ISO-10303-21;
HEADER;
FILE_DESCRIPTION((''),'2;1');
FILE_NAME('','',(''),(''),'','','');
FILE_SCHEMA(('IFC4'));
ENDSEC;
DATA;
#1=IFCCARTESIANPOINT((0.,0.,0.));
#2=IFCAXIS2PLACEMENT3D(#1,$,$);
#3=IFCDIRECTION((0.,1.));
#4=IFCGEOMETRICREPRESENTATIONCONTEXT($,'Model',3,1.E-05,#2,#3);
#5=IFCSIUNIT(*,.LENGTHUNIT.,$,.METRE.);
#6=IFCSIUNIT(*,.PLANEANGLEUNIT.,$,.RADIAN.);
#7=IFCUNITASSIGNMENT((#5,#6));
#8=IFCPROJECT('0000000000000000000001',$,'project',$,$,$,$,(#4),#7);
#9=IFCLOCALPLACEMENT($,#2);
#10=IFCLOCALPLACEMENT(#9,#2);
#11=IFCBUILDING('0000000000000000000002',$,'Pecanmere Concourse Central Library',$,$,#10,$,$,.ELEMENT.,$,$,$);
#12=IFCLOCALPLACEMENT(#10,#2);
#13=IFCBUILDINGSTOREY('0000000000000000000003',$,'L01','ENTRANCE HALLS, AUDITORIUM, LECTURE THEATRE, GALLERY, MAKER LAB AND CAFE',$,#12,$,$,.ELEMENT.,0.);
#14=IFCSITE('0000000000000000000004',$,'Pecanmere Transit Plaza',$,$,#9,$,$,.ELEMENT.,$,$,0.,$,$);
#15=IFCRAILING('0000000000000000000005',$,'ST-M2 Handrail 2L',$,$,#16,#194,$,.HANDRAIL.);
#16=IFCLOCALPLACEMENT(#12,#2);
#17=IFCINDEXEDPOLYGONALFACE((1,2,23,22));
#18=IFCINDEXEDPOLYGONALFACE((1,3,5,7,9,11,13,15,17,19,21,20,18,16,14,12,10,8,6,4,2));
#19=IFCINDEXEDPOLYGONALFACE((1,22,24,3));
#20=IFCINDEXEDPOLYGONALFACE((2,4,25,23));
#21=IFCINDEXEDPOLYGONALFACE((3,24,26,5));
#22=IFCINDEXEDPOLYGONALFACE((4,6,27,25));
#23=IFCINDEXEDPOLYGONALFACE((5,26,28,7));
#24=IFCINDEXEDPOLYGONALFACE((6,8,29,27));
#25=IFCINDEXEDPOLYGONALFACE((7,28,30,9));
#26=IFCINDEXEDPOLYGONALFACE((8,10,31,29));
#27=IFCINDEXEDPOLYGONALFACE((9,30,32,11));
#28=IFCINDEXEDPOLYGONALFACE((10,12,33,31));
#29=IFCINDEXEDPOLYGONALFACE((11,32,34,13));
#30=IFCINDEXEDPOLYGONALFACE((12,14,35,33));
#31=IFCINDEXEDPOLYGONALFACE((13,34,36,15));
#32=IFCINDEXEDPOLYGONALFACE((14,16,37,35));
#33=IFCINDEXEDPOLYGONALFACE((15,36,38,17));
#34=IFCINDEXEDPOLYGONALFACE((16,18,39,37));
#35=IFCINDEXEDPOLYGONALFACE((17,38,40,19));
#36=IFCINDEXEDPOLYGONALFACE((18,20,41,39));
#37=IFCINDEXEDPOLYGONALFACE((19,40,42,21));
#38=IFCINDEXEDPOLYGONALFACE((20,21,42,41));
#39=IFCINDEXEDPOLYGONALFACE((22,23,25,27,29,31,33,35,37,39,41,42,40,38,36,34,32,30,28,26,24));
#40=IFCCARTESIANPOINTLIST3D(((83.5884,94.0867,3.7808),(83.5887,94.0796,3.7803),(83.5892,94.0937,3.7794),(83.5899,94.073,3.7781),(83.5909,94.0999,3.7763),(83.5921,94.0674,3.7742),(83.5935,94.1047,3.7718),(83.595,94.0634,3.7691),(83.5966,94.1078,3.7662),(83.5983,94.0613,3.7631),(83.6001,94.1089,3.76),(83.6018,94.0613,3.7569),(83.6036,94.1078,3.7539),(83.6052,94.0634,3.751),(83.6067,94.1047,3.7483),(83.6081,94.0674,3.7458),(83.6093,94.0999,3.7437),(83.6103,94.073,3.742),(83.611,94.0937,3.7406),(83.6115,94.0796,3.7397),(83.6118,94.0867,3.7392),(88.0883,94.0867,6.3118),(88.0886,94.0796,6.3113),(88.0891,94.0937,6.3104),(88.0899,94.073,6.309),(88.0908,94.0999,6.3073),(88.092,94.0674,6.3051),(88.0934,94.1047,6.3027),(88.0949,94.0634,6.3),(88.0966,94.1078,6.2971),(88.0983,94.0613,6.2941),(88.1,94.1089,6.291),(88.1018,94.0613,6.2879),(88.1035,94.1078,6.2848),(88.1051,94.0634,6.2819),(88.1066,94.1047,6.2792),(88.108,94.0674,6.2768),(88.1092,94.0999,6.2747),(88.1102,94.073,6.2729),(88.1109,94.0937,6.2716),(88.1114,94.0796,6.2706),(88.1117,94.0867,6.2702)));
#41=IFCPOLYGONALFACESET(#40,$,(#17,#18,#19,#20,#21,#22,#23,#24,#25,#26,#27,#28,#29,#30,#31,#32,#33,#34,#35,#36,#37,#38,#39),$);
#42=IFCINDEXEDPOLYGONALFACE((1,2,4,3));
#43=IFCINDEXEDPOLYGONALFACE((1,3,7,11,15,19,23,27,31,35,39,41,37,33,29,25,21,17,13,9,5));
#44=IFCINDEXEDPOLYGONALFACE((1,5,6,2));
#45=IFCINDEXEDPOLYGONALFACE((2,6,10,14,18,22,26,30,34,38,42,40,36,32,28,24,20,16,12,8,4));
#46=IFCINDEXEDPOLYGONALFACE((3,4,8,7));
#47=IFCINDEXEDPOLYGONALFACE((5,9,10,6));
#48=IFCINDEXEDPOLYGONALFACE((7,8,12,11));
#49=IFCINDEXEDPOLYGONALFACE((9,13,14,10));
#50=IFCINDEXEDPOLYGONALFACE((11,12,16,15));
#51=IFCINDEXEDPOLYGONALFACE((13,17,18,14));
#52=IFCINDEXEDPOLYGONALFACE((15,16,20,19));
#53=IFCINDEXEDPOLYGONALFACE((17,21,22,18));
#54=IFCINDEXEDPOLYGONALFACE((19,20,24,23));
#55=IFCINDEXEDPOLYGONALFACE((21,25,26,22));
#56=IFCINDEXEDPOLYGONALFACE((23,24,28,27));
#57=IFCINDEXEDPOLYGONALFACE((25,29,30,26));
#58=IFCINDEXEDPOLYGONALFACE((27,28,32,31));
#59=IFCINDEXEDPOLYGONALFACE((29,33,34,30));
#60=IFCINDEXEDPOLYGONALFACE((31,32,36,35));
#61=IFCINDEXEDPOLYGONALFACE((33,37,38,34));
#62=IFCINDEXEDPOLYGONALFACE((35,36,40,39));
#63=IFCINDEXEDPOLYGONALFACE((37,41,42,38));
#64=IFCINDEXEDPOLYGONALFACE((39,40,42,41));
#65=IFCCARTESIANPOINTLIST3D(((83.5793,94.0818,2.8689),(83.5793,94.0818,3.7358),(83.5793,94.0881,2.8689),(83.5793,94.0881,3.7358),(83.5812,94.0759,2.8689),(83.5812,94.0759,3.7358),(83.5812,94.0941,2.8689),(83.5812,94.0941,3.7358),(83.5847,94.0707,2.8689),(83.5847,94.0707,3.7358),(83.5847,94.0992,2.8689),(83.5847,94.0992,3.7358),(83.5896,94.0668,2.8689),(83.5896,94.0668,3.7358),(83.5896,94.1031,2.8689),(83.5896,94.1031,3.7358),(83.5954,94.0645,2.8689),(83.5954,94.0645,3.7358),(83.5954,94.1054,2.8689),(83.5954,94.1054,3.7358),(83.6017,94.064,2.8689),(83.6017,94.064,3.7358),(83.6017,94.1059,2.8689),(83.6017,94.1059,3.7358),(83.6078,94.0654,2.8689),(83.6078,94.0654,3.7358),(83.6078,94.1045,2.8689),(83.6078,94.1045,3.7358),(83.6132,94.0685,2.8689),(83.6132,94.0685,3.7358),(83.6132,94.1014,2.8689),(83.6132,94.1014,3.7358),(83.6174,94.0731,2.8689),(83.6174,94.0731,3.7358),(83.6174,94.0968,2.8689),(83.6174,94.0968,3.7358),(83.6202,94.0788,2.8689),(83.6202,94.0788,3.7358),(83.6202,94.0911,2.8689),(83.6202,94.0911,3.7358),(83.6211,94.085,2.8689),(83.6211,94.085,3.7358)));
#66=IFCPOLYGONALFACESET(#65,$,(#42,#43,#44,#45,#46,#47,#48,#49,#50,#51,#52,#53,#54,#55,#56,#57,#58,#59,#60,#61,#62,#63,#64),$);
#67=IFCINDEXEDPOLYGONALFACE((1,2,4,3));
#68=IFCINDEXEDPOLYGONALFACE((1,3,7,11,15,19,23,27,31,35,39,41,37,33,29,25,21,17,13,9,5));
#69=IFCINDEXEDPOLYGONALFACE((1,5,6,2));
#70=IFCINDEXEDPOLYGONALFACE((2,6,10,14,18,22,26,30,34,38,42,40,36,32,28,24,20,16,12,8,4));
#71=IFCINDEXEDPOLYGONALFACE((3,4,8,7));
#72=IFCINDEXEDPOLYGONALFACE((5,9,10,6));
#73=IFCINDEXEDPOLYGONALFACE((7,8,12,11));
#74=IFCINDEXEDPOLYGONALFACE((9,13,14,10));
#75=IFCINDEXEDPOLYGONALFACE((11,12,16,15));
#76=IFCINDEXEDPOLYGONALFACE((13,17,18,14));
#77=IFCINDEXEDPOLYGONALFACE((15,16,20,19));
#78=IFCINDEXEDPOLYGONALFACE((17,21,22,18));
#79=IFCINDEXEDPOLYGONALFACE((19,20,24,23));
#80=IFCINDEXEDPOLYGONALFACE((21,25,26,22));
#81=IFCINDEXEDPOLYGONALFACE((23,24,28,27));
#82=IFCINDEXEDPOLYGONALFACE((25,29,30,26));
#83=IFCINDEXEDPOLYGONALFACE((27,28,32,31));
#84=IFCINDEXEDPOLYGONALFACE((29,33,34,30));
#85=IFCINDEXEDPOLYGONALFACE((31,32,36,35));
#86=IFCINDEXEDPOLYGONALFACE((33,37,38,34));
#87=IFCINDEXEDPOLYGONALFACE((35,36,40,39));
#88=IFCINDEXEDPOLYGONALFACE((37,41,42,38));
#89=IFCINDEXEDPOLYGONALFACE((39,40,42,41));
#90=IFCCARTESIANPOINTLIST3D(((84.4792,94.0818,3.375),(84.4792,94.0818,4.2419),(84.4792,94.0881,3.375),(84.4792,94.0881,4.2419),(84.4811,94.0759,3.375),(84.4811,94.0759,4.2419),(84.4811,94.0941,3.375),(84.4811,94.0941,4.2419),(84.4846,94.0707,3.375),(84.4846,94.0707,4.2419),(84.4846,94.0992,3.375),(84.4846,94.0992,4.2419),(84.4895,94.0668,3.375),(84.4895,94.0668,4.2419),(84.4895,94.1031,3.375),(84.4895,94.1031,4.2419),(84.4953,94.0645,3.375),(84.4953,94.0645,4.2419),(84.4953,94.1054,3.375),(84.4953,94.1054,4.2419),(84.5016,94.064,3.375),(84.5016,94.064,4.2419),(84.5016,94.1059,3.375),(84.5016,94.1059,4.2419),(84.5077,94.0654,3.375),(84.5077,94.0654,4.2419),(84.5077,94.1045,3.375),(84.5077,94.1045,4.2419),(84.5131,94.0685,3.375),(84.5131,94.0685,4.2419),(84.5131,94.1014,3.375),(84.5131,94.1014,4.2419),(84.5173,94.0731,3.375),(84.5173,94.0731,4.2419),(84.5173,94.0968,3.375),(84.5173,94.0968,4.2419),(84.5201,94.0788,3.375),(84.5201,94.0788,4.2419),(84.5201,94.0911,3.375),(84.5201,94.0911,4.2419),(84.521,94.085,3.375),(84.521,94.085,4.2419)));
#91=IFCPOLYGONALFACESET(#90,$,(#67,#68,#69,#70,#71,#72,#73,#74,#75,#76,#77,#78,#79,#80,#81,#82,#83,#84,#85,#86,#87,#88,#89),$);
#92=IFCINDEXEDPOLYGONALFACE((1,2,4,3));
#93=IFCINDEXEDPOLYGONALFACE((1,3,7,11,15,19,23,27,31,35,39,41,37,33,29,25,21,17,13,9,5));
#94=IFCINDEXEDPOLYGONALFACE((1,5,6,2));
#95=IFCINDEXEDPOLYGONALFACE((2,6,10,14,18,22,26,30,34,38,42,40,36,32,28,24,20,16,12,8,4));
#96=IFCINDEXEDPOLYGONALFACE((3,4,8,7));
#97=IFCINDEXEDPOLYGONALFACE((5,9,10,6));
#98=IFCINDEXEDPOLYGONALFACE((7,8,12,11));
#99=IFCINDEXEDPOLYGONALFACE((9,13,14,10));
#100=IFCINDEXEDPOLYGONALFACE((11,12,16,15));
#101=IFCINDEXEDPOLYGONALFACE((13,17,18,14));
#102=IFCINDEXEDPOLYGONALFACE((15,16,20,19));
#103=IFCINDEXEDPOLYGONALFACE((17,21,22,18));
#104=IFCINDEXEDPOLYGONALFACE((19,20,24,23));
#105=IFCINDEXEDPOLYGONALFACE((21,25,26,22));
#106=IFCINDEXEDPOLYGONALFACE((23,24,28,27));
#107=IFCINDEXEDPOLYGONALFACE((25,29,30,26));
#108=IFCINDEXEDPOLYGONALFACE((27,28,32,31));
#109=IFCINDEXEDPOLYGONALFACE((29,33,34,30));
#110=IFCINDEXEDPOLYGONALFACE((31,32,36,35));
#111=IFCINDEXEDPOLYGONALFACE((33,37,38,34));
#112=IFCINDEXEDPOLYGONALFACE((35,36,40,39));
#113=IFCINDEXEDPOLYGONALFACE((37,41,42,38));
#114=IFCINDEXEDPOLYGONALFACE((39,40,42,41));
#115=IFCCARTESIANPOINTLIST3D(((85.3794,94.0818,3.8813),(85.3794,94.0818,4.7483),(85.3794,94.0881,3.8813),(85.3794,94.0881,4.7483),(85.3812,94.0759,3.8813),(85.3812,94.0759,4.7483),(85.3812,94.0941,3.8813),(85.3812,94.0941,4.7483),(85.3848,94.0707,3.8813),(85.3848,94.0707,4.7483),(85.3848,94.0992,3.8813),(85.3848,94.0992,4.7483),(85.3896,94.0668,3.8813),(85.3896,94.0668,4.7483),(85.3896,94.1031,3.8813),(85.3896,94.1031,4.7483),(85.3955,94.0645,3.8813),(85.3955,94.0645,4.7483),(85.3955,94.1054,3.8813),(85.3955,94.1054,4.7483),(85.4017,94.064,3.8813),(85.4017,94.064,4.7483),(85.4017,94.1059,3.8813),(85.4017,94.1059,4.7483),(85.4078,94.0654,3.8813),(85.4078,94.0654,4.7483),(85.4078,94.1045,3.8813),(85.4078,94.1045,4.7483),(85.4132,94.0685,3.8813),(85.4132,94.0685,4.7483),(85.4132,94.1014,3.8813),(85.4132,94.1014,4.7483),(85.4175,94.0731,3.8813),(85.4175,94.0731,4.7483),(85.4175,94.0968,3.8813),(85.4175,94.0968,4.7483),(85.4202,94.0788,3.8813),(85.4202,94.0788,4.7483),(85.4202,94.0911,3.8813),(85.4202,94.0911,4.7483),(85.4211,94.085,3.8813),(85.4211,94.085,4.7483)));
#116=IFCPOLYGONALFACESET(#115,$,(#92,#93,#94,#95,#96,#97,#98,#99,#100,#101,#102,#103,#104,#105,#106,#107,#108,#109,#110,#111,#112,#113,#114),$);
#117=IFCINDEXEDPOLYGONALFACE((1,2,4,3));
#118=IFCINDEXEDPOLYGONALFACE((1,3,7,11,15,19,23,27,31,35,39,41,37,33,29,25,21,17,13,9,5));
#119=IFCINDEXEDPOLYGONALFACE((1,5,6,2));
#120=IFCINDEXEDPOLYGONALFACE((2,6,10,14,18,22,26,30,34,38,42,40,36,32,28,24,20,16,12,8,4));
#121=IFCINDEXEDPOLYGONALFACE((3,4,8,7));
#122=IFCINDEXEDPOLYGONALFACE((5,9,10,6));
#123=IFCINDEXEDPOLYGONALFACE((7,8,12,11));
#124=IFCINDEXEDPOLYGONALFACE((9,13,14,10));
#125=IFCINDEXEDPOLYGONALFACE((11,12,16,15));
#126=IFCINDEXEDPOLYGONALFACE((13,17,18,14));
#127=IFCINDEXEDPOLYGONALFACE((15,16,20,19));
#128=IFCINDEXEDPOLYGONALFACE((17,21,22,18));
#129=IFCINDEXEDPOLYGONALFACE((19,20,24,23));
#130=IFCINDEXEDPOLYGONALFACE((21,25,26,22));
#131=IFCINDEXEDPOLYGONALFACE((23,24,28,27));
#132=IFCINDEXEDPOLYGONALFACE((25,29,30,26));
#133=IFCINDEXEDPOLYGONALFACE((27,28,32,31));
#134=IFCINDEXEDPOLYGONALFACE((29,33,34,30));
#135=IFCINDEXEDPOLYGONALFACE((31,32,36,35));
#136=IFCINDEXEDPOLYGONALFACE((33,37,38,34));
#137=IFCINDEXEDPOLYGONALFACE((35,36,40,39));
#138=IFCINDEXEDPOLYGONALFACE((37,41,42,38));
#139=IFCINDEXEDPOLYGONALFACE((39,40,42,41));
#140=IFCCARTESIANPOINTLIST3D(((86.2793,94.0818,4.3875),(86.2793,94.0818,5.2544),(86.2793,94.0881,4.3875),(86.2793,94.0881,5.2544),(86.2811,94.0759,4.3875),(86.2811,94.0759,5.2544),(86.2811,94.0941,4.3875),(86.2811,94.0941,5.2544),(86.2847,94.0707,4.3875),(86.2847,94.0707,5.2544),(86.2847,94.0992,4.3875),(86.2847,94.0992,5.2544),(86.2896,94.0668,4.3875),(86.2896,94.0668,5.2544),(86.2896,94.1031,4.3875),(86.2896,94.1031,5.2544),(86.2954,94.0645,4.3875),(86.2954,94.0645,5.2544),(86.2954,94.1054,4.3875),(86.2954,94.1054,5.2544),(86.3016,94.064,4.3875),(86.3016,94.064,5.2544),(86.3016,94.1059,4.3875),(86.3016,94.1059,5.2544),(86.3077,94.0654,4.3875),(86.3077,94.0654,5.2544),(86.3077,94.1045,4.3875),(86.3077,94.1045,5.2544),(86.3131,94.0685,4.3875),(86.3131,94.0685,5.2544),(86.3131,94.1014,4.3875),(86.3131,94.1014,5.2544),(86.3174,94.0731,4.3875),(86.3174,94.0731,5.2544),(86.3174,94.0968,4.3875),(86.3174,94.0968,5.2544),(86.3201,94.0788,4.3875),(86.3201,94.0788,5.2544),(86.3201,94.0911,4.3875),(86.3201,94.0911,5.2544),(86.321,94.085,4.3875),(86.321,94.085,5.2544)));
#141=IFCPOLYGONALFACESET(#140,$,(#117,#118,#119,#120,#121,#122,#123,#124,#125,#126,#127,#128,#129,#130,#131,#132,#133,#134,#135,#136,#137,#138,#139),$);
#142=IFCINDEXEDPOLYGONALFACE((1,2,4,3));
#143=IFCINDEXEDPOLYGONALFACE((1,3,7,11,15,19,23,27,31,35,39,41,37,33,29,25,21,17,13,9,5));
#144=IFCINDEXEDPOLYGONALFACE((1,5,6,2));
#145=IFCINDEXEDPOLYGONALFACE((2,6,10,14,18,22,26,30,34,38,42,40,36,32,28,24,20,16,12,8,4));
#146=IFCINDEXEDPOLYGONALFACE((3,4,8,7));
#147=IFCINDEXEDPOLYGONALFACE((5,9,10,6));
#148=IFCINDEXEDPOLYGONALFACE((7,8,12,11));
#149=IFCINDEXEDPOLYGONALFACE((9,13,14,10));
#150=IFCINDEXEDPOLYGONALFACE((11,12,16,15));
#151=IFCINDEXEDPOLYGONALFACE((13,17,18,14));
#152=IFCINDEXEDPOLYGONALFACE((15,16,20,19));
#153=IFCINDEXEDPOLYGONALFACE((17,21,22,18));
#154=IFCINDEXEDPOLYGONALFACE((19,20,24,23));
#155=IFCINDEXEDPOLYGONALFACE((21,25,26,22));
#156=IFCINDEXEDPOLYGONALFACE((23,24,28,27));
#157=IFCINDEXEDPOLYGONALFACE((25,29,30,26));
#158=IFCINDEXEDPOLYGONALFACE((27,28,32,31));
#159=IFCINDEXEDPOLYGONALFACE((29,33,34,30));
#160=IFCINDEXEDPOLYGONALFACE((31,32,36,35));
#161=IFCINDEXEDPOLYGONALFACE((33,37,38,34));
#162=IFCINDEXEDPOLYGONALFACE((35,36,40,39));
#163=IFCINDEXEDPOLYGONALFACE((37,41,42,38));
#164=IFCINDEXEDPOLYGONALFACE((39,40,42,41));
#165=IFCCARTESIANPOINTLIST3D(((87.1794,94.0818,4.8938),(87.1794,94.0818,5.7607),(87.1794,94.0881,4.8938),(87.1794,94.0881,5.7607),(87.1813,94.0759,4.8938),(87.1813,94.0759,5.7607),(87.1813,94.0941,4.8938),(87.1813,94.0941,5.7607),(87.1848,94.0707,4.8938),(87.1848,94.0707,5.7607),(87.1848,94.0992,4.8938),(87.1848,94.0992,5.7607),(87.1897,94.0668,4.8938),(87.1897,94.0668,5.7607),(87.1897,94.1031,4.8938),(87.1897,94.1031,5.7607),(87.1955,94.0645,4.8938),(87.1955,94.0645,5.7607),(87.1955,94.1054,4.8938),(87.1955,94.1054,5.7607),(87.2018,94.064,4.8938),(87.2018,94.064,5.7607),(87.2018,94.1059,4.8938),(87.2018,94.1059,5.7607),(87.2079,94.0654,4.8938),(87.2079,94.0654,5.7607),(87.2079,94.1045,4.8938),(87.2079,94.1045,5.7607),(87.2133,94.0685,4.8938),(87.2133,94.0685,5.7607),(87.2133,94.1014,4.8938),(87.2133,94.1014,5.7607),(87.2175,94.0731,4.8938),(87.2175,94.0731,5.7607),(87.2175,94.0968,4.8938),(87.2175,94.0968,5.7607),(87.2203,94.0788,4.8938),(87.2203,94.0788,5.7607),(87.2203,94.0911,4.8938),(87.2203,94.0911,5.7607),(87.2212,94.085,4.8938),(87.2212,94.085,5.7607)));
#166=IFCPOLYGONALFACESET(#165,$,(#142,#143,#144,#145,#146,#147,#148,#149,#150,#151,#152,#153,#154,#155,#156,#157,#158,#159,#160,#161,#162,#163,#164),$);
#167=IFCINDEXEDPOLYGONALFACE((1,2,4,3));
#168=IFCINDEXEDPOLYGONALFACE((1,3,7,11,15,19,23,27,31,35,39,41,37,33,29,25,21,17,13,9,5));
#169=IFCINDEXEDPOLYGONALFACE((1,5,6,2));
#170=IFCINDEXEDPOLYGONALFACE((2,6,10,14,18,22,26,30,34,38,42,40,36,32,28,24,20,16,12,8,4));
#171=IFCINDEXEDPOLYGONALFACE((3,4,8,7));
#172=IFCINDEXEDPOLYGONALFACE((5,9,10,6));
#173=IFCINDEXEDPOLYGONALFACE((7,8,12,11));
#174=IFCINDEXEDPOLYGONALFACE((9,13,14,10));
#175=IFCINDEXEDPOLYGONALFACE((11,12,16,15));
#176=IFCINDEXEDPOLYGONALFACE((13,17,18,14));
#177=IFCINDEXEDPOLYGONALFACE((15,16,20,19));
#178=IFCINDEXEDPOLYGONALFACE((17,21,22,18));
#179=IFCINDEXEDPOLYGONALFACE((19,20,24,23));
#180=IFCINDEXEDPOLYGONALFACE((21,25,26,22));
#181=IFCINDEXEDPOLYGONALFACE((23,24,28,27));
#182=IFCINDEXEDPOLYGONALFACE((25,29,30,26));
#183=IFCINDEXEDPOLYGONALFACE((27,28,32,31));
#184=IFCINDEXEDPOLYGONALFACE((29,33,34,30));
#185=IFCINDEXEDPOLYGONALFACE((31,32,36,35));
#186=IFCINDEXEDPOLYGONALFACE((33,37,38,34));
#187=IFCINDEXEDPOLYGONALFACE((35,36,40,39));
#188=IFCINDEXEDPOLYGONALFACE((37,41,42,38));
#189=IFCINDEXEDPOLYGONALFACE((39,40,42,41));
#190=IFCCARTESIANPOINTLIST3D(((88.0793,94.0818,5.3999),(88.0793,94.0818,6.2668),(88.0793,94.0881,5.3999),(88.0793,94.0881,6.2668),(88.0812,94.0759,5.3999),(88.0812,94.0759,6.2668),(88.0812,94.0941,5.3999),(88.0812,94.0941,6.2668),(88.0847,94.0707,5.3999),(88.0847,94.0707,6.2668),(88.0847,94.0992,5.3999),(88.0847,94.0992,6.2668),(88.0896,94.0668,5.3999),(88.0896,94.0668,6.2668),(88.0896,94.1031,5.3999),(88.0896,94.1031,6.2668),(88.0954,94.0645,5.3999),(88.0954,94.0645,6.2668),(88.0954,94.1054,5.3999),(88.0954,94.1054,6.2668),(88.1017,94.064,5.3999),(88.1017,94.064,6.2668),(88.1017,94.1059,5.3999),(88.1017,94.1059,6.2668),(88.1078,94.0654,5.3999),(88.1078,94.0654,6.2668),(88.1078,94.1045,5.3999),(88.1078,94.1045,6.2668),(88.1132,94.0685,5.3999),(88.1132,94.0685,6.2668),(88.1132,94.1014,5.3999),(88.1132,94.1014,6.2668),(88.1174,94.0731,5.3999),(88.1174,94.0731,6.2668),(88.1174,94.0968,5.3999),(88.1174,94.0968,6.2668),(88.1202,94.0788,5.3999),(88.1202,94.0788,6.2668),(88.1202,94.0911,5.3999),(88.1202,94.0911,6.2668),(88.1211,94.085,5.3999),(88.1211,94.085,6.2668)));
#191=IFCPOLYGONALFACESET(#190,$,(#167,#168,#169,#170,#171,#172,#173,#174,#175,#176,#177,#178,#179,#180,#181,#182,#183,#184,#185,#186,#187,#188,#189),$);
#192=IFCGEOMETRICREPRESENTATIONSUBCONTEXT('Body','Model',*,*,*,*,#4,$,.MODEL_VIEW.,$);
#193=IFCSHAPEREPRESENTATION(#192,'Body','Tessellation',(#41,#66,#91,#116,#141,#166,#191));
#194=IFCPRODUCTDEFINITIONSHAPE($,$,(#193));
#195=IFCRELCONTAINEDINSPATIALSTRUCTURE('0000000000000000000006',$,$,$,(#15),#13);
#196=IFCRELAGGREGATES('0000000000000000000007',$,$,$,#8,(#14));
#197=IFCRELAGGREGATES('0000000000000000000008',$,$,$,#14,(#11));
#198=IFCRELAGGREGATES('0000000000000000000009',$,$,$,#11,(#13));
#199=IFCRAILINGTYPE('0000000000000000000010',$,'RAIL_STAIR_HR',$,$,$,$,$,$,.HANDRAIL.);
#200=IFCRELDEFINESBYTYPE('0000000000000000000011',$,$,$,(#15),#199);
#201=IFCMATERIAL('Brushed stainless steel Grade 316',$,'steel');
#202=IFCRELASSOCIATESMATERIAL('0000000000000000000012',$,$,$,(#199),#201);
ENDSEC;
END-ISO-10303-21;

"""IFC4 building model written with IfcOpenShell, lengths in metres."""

from ifc_helpers import new_model, si_unit, direction, frame, origin, origin_2d, place, context, subcontext, project, spatial, circle, extrude, material, type_object, element, save


model = new_model("IFC4")

# Units and contexts
model_context = context("Model", 3, precision=1e-05, world=origin(), true_north=direction((0.0, 1.0)))
body_context = subcontext(model_context, "Body", "Model", "MODEL_VIEW")
ifc_project = project(units=[si_unit("LENGTHUNIT", "METRE"), si_unit("PLANEANGLEUNIT", "RADIAN")], contexts=[model_context])

# Site, building, storey
site_placement = place(None, origin())
site = spatial("IfcSite", under=ifc_project, at=site_placement, Name="Pecanmere Transit Plaza", CompositionType="ELEMENT", RefElevation=0.0)
building_placement = place(site_placement, origin())
building = spatial("IfcBuilding", under=site, at=building_placement, Name="Pecanmere Concourse Central Library", CompositionType="ELEMENT")
storey_placement = place(building_placement, origin())
storey = spatial("IfcBuildingStorey", under=building, at=storey_placement, Name="L01", Description="ENTRANCE HALLS, AUDITORIUM, LECTURE THEATRE, GALLERY, MAKER LAB AND CAFE", CompositionType="ELEMENT", Elevation=0.0)

# Railing
ifc_material_1 = material(Name="Brushed stainless steel Grade 316", Category="steel")
railing_type_1 = type_object("IfcRailingType", Name="RAIL_STAIR_HR", PredefinedType="HANDRAIL", material=ifc_material_1)
for number, where, name in (
    (1, (83.6001, 94.085, 2.8689), "ST-M2 Handrail 2L"),
):
    element("IfcRailing", number, at=place(storey_placement, frame(where)), inside=storey, type_object=railing_type_1, Name=name, PredefinedType="HANDRAIL", context=body_context, shape_type="SweptSolid", body=[
        extrude(circle(Radius=0.0239, at=origin_2d()), frame((0.0, 0.0, 0.8911), z_axis=(0.871596, 0.0, 0.490225), x_axis=(0.0, 1.0, 0.0)), (0.0, 0.0, 1.0), 5.1628),
        extrude(circle(Radius=0.021, at=origin_2d()), origin(), (0.0, 0.0, 1.0), 0.8669),
        extrude(circle(Radius=0.021, at=origin_2d()), frame((0.8999, 0.0, 0.5061)), (0.0, 0.0, 1.0), 0.8669),
        extrude(circle(Radius=0.021, at=origin_2d()), frame((1.8, 0.0, 1.0125)), (0.0, 0.0, 1.0), 0.8669),
        extrude(circle(Radius=0.021, at=origin_2d()), frame((2.7, 0.0, 1.5186)), (0.0, 0.0, 1.0), 0.8669),
        extrude(circle(Radius=0.021, at=origin_2d()), frame((3.6001, 0.0, 2.0249)), (0.0, 0.0, 1.0), 0.8669),
        extrude(circle(Radius=0.021, at=origin_2d()), frame((4.5, 0.0, 2.531)), (0.0, 0.0, 1.0), 0.8669),
    ])

save(model, "model.ifc")
